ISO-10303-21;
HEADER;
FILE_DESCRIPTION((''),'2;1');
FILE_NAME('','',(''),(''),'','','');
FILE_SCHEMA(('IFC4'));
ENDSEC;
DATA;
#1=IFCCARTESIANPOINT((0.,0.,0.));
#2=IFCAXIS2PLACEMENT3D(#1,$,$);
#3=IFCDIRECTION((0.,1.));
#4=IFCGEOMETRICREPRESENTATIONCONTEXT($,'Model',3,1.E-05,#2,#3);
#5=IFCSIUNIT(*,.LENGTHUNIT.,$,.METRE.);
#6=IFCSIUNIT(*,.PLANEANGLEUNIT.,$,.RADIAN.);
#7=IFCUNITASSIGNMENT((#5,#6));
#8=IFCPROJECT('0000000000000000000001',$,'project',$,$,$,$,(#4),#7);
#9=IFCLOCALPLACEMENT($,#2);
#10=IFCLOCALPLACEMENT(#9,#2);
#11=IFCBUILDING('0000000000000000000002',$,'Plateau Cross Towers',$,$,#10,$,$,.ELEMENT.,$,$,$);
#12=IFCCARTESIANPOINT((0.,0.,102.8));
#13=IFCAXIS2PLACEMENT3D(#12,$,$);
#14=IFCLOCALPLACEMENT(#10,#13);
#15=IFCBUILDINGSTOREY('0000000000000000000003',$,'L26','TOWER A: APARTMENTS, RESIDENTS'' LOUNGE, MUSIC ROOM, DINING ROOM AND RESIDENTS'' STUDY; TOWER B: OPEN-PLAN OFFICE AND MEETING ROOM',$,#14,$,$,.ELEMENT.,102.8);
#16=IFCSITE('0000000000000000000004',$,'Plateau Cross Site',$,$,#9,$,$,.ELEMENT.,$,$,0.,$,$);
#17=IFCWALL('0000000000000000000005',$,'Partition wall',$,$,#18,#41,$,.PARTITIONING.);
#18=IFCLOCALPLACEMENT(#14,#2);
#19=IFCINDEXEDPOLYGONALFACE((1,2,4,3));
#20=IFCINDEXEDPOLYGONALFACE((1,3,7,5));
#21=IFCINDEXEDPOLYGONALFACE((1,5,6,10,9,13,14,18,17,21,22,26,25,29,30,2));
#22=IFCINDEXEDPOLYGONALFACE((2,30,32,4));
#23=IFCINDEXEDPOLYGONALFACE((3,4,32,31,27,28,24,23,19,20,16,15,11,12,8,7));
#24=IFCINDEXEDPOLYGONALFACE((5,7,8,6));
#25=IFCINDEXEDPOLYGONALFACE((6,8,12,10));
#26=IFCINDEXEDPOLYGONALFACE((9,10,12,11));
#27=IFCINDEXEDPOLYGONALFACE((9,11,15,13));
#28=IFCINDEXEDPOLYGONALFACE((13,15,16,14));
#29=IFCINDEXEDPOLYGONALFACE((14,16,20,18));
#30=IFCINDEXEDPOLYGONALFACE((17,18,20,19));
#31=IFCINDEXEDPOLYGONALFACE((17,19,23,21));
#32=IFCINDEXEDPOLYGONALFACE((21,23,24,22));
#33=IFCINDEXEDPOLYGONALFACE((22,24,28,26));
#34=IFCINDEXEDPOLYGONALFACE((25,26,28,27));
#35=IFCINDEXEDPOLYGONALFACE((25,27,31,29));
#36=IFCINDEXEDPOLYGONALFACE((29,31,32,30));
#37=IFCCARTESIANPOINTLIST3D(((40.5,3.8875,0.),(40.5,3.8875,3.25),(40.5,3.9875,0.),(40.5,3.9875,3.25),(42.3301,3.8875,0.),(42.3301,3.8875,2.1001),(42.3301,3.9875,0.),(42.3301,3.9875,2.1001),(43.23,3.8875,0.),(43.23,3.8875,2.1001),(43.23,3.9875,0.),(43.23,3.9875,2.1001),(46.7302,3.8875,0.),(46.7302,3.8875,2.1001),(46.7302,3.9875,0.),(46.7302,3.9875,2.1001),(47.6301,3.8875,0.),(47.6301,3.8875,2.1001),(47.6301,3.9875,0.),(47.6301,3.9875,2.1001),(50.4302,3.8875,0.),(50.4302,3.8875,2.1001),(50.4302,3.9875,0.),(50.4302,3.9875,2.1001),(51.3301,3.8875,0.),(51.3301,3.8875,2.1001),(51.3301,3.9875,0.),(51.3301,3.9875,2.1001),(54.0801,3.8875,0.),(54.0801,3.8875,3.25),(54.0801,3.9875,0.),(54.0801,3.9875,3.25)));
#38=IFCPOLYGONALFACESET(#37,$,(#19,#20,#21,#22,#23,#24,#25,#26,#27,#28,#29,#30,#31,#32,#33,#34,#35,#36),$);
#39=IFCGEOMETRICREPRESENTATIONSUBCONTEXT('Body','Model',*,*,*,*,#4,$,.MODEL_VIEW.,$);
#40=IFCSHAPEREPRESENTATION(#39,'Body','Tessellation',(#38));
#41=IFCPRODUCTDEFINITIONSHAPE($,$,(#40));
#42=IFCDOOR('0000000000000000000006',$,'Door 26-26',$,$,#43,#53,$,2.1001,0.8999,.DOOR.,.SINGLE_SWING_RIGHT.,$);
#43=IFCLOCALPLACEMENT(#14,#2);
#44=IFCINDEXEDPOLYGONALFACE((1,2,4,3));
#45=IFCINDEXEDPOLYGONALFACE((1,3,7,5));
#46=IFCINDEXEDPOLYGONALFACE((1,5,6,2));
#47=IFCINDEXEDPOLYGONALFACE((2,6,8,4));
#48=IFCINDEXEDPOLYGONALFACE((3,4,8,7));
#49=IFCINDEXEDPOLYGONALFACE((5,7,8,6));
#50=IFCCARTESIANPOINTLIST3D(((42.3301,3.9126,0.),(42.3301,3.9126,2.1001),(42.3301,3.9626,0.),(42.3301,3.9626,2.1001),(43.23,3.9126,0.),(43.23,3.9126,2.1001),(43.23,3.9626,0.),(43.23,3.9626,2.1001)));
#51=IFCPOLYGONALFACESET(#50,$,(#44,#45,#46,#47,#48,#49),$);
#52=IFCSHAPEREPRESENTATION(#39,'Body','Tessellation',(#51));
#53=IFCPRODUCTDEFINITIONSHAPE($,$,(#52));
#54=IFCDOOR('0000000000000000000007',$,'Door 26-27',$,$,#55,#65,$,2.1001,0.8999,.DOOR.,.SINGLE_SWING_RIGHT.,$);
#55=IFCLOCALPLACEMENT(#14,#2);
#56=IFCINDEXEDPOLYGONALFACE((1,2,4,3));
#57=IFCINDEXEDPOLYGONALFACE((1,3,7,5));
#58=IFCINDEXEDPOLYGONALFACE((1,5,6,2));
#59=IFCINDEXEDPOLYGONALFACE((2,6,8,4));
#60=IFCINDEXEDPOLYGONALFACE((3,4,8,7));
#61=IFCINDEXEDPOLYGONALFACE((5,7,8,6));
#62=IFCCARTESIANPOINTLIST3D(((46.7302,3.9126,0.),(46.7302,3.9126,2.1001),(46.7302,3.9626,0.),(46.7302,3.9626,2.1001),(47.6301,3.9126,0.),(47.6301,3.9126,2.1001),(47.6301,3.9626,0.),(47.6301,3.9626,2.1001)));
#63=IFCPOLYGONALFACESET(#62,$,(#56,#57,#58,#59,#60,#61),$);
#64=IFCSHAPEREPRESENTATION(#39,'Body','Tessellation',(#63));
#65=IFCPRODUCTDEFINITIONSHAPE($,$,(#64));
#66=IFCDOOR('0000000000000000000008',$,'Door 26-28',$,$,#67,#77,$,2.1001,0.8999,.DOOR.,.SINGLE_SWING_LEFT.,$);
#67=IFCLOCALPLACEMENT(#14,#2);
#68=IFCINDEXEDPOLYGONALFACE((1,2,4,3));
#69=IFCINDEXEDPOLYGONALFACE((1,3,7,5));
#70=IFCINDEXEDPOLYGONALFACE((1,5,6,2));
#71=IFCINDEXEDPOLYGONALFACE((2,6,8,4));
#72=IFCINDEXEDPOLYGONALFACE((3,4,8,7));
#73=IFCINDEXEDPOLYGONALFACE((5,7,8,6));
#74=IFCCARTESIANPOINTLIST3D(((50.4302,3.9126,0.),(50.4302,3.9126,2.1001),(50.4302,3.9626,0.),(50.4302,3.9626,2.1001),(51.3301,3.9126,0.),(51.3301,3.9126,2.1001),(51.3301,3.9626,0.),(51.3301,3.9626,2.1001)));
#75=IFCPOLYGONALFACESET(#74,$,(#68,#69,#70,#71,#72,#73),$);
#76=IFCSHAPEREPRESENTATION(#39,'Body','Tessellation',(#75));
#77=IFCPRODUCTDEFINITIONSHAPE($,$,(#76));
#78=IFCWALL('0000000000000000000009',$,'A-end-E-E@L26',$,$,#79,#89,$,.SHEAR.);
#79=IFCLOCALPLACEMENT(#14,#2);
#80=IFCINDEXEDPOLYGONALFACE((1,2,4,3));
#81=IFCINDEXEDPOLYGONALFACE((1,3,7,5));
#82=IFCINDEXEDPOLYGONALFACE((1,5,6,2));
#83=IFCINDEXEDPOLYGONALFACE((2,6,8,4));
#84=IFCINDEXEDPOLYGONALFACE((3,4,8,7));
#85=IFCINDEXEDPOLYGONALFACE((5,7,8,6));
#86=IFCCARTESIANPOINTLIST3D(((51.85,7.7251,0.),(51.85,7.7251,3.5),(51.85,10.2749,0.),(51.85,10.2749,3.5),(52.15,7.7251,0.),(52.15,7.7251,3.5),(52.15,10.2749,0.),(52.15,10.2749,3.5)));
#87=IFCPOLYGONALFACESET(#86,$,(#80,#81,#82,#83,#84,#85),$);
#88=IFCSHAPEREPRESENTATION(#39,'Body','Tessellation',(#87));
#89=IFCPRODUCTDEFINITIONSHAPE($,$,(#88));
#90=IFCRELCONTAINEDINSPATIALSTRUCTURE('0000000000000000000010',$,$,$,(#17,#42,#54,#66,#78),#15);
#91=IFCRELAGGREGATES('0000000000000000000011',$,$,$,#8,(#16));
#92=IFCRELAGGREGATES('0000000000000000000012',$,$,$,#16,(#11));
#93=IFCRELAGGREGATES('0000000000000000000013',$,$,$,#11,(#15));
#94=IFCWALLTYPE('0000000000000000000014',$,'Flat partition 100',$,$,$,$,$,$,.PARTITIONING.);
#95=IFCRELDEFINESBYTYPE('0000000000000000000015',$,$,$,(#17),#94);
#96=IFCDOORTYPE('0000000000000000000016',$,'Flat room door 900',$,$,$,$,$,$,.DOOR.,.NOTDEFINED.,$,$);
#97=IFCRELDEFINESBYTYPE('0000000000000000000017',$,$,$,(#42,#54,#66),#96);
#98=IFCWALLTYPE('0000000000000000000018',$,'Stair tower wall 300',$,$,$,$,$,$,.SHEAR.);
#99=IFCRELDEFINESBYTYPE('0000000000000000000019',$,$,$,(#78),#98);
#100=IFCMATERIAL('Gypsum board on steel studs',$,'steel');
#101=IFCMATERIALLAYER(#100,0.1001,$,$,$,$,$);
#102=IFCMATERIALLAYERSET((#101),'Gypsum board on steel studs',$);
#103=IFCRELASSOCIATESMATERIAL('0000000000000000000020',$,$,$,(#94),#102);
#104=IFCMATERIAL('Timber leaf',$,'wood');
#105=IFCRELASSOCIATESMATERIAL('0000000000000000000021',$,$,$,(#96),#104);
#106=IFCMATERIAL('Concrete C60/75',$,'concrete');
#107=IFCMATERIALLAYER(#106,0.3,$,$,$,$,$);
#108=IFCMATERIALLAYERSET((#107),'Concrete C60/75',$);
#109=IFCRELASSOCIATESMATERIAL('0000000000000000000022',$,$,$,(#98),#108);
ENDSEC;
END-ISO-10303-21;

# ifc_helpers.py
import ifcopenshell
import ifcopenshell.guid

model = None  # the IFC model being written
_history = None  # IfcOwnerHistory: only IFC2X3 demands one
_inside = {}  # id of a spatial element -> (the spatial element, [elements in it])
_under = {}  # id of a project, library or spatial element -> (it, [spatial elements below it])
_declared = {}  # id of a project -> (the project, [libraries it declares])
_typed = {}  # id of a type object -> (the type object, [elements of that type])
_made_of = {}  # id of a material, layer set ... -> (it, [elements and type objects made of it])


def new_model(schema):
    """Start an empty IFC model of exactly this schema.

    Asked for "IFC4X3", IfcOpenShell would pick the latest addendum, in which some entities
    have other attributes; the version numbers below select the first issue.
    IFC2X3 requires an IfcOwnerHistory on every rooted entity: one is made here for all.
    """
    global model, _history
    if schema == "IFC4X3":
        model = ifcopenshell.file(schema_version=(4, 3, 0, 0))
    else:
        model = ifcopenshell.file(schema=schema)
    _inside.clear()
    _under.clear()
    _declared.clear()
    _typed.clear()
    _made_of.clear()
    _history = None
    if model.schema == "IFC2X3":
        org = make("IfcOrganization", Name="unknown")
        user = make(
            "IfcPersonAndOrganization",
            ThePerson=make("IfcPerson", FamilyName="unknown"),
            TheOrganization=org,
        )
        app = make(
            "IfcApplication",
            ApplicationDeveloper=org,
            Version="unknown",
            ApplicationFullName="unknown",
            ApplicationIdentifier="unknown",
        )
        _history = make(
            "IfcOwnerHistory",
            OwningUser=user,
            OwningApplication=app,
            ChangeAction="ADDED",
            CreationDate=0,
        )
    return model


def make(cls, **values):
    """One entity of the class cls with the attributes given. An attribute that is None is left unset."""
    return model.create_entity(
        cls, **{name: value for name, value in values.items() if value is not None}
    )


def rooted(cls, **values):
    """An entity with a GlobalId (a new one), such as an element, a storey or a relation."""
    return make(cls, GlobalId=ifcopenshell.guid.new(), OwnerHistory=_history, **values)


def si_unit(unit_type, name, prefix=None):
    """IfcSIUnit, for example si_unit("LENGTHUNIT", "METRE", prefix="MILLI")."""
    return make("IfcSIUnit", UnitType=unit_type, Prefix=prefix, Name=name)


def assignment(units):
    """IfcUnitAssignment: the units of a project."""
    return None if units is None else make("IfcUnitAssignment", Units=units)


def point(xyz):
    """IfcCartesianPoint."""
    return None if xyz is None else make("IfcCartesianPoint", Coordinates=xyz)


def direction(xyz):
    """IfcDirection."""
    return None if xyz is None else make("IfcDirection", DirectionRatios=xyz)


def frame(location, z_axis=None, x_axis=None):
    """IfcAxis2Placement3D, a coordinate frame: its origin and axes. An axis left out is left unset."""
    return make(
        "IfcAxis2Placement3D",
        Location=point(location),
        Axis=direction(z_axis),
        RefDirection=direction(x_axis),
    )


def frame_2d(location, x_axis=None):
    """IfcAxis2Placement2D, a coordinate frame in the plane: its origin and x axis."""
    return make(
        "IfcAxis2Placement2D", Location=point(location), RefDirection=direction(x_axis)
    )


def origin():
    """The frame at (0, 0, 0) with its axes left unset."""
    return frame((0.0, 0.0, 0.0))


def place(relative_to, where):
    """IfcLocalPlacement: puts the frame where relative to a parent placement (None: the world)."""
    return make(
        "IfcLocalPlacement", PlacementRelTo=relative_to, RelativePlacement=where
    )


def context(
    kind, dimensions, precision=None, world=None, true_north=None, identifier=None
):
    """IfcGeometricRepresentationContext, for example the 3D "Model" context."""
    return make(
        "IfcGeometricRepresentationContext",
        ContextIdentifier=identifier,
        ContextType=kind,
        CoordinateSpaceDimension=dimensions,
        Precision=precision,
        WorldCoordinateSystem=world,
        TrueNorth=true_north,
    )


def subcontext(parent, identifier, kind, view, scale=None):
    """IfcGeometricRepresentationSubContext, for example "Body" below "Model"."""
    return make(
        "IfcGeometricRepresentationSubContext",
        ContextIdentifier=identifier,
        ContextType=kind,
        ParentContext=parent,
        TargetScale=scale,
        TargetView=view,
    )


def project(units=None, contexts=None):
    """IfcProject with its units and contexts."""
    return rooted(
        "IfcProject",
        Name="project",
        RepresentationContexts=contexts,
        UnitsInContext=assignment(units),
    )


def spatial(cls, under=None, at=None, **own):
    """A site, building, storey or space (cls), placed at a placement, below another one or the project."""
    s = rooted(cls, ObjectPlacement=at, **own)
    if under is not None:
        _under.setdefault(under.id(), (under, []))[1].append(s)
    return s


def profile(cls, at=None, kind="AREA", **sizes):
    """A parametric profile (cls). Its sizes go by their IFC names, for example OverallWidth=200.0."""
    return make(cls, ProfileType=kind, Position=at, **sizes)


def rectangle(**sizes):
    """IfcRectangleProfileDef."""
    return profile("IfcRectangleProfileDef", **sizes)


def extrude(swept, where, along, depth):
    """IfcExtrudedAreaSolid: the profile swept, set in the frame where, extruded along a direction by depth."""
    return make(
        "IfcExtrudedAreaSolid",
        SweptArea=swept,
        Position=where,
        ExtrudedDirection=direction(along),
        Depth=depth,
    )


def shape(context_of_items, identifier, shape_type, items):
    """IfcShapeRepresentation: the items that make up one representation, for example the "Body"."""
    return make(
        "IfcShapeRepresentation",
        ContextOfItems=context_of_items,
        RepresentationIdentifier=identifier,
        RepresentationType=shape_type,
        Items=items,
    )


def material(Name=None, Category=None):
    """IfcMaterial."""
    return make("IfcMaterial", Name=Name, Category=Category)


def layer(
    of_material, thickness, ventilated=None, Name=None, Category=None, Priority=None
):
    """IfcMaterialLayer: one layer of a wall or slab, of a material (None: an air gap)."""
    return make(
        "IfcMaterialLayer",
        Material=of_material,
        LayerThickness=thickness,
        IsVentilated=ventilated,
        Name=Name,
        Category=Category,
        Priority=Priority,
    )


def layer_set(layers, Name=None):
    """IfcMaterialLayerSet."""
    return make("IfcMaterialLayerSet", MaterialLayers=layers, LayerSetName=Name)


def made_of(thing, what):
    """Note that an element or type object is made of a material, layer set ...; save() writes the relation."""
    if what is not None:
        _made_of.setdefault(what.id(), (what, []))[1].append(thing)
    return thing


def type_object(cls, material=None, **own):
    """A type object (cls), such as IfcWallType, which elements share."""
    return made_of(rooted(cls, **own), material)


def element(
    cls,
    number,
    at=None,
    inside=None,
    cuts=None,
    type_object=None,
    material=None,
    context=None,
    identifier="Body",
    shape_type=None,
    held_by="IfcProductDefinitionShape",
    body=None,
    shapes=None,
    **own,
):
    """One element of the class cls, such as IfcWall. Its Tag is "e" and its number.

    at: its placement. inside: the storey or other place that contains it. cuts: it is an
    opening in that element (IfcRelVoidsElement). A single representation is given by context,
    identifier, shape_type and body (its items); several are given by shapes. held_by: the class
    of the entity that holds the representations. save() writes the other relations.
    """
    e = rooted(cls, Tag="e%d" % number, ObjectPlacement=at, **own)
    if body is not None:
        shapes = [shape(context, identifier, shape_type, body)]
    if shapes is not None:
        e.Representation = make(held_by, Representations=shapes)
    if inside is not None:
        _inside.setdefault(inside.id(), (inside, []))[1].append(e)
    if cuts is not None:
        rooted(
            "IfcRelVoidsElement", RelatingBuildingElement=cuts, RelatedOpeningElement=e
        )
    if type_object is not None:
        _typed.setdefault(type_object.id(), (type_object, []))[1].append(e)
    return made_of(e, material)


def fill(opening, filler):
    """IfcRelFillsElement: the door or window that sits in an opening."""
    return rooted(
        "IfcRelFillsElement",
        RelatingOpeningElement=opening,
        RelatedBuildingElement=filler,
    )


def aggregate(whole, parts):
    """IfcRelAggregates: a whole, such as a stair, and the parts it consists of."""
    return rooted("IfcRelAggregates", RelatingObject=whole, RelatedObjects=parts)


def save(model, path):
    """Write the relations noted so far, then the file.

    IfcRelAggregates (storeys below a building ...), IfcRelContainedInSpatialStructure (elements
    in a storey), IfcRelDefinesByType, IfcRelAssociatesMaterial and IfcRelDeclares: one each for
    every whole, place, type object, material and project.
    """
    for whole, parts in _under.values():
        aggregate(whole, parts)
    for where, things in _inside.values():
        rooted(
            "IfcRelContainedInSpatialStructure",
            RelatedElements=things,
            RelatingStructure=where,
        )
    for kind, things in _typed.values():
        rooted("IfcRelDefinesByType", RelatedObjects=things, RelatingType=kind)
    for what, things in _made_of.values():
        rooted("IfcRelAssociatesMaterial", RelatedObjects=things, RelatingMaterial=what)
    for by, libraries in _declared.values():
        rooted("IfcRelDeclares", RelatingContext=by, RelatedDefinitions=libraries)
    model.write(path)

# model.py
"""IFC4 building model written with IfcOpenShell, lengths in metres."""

from ifc_helpers import new_model, si_unit, direction, frame, frame_2d, origin, place, context, subcontext, project, spatial, rectangle, extrude, material, layer, layer_set, type_object, element, fill, save


model = new_model("IFC4")

# Units and contexts
model_context = context("Model", 3, precision=1e-05, world=origin(), true_north=direction((0.0, 1.0)))
body_context = subcontext(model_context, "Body", "Model", "MODEL_VIEW")
ifc_project = project(units=[si_unit("LENGTHUNIT", "METRE"), si_unit("PLANEANGLEUNIT", "RADIAN")], contexts=[model_context])

# Site, building, storey
site_placement = place(None, origin())
site = spatial("IfcSite", under=ifc_project, at=site_placement, Name="Plateau Cross Site", CompositionType="ELEMENT", RefElevation=0.0)
building_placement = place(site_placement, origin())
building = spatial("IfcBuilding", under=site, at=building_placement, Name="Plateau Cross Towers", CompositionType="ELEMENT")
storey_placement = place(building_placement, frame((0.0, 0.0, 102.8)))
storey = spatial("IfcBuildingStorey", under=building, at=storey_placement, Name="L26", Description="TOWER A: APARTMENTS, RESIDENTS' LOUNGE, MUSIC ROOM, DINING ROOM AND RESIDENTS' STUDY; TOWER B: OPEN-PLAN OFFICE AND MEETING ROOM", CompositionType="ELEMENT", Elevation=102.8)

# Shared definitions
ifc_material_1 = material(Name="Concrete C60/75", Category="concrete")

# Wall, openings, doors
ifc_material_2 = material(Name="Gypsum board on steel studs", Category="steel")
ifc_layer_1 = layer(ifc_material_2, 0.1001)
ifc_layer_set_1 = layer_set([ifc_layer_1], Name="Gypsum board on steel studs")
wall_type_1 = type_object("IfcWallType", Name="Flat partition 100", PredefinedType="PARTITIONING", material=ifc_layer_set_1)
wall_1_placement = place(storey_placement, frame((54.0801, 3.9375, 0.0), z_axis=(0.0, 0.0, 1.0), x_axis=(-1.0, 0.0, 0.0)))
wall_1 = element("IfcWall", 1, at=wall_1_placement, inside=storey, type_object=wall_type_1, Name="Partition wall", PredefinedType="PARTITIONING", context=body_context, shape_type="SweptSolid", body=[
    extrude(rectangle(XDim=13.5801, YDim=0.1001, at=frame_2d((6.79, 0.0))), origin(), (0.0, 0.0, 1.0), 3.25),
])
opening_1_placement = place(wall_1_placement, frame((10.8501, 0.0, 0.0)))
opening_1 = element("IfcOpeningElement", 2, at=opening_1_placement, cuts=wall_1, PredefinedType="OPENING", context=body_context, shape_type="SweptSolid", body=[
    extrude(rectangle(XDim=0.8999, YDim=2.1001, at=frame_2d((0.45, 1.05))), frame((0.0, 0.0601, 0.0), z_axis=(0.0, -1.0, 0.0), x_axis=(1.0, 0.0, 0.0)), (0.0, 0.0, 1.0), 0.1201),
])
opening_2_placement = place(wall_1_placement, frame((6.45, 0.0, 0.0)))
opening_2 = element("IfcOpeningElement", 3, at=opening_2_placement, cuts=wall_1, PredefinedType="OPENING", context=body_context, shape_type="SweptSolid", body=[
    extrude(rectangle(XDim=0.8999, YDim=2.1001, at=frame_2d((0.45, 1.05))), frame((0.0, 0.0601, 0.0), z_axis=(0.0, -1.0, 0.0), x_axis=(1.0, 0.0, 0.0)), (0.0, 0.0, 1.0), 0.1201),
])
opening_3_placement = place(wall_1_placement, frame((2.75, 0.0, 0.0)))
opening_3 = element("IfcOpeningElement", 4, at=opening_3_placement, cuts=wall_1, PredefinedType="OPENING", context=body_context, shape_type="SweptSolid", body=[
    extrude(rectangle(XDim=0.8999, YDim=2.1001, at=frame_2d((0.45, 1.05))), frame((0.0, 0.0601, 0.0), z_axis=(0.0, -1.0, 0.0), x_axis=(1.0, 0.0, 0.0)), (0.0, 0.0, 1.0), 0.1201),
])
ifc_material_3 = material(Name="Timber leaf", Category="wood")
door_type = type_object("IfcDoorType", Name="Flat room door 900", OperationType="NOTDEFINED", PredefinedType="DOOR", material=ifc_material_3)
door_1_placement = place(opening_1_placement, origin())
door_1 = element("IfcDoor", 5, at=door_1_placement, inside=storey, type_object=door_type, Name="Door 26-26", OperationType="SINGLE_SWING_RIGHT", OverallHeight=2.1001, OverallWidth=0.8999, PredefinedType="DOOR", context=body_context, shape_type="SweptSolid", body=[
    extrude(rectangle(XDim=0.8999, YDim=2.1001, at=frame_2d((0.45, 1.05))), frame((0.0, 0.0249, 0.0), z_axis=(0.0, -1.0, 0.0), x_axis=(1.0, 0.0, 0.0)), (0.0, 0.0, 1.0), 0.05),
])
fill(opening_1, door_1)
door_2_placement = place(opening_2_placement, origin())
door_2 = element("IfcDoor", 6, at=door_2_placement, inside=storey, type_object=door_type, Name="Door 26-27", OperationType="SINGLE_SWING_RIGHT", OverallHeight=2.1001, OverallWidth=0.8999, PredefinedType="DOOR", context=body_context, shape_type="SweptSolid", body=[
    extrude(rectangle(XDim=0.8999, YDim=2.1001, at=frame_2d((0.45, 1.05))), frame((0.0, 0.0249, 0.0), z_axis=(0.0, -1.0, 0.0), x_axis=(1.0, 0.0, 0.0)), (0.0, 0.0, 1.0), 0.05),
])
fill(opening_2, door_2)
door_3_placement = place(opening_3_placement, origin())
door_3 = element("IfcDoor", 7, at=door_3_placement, inside=storey, type_object=door_type, Name="Door 26-28", OperationType="SINGLE_SWING_LEFT", OverallHeight=2.1001, OverallWidth=0.8999, PredefinedType="DOOR", context=body_context, shape_type="SweptSolid", body=[
    extrude(rectangle(XDim=0.8999, YDim=2.1001, at=frame_2d((0.45, 1.05))), frame((0.0, 0.0249, 0.0), z_axis=(0.0, -1.0, 0.0), x_axis=(1.0, 0.0, 0.0)), (0.0, 0.0, 1.0), 0.05),
])
fill(opening_3, door_3)

# Wall
ifc_layer_2 = layer(ifc_material_1, 0.3)
ifc_layer_set_2 = layer_set([ifc_layer_2], Name="Concrete C60/75")
wall_type_2 = type_object("IfcWallType", Name="Stair tower wall 300", PredefinedType="SHEAR", material=ifc_layer_set_2)
wall_2_placement = place(storey_placement, frame((52.0, 7.7251, 0.0), z_axis=(0.0, 0.0, 1.0), x_axis=(0.0, 1.0, 0.0)))
element("IfcWall", 8, at=wall_2_placement, inside=storey, type_object=wall_type_2, Name="A-end-E-E@L26", PredefinedType="SHEAR", context=body_context, shape_type="SweptSolid", body=[
    extrude(rectangle(XDim=2.5498, YDim=0.3, at=frame_2d((1.2749, 0.0))), origin(), (0.0, 0.0, 1.0), 3.5),
])

save(model, "model.ifc")
